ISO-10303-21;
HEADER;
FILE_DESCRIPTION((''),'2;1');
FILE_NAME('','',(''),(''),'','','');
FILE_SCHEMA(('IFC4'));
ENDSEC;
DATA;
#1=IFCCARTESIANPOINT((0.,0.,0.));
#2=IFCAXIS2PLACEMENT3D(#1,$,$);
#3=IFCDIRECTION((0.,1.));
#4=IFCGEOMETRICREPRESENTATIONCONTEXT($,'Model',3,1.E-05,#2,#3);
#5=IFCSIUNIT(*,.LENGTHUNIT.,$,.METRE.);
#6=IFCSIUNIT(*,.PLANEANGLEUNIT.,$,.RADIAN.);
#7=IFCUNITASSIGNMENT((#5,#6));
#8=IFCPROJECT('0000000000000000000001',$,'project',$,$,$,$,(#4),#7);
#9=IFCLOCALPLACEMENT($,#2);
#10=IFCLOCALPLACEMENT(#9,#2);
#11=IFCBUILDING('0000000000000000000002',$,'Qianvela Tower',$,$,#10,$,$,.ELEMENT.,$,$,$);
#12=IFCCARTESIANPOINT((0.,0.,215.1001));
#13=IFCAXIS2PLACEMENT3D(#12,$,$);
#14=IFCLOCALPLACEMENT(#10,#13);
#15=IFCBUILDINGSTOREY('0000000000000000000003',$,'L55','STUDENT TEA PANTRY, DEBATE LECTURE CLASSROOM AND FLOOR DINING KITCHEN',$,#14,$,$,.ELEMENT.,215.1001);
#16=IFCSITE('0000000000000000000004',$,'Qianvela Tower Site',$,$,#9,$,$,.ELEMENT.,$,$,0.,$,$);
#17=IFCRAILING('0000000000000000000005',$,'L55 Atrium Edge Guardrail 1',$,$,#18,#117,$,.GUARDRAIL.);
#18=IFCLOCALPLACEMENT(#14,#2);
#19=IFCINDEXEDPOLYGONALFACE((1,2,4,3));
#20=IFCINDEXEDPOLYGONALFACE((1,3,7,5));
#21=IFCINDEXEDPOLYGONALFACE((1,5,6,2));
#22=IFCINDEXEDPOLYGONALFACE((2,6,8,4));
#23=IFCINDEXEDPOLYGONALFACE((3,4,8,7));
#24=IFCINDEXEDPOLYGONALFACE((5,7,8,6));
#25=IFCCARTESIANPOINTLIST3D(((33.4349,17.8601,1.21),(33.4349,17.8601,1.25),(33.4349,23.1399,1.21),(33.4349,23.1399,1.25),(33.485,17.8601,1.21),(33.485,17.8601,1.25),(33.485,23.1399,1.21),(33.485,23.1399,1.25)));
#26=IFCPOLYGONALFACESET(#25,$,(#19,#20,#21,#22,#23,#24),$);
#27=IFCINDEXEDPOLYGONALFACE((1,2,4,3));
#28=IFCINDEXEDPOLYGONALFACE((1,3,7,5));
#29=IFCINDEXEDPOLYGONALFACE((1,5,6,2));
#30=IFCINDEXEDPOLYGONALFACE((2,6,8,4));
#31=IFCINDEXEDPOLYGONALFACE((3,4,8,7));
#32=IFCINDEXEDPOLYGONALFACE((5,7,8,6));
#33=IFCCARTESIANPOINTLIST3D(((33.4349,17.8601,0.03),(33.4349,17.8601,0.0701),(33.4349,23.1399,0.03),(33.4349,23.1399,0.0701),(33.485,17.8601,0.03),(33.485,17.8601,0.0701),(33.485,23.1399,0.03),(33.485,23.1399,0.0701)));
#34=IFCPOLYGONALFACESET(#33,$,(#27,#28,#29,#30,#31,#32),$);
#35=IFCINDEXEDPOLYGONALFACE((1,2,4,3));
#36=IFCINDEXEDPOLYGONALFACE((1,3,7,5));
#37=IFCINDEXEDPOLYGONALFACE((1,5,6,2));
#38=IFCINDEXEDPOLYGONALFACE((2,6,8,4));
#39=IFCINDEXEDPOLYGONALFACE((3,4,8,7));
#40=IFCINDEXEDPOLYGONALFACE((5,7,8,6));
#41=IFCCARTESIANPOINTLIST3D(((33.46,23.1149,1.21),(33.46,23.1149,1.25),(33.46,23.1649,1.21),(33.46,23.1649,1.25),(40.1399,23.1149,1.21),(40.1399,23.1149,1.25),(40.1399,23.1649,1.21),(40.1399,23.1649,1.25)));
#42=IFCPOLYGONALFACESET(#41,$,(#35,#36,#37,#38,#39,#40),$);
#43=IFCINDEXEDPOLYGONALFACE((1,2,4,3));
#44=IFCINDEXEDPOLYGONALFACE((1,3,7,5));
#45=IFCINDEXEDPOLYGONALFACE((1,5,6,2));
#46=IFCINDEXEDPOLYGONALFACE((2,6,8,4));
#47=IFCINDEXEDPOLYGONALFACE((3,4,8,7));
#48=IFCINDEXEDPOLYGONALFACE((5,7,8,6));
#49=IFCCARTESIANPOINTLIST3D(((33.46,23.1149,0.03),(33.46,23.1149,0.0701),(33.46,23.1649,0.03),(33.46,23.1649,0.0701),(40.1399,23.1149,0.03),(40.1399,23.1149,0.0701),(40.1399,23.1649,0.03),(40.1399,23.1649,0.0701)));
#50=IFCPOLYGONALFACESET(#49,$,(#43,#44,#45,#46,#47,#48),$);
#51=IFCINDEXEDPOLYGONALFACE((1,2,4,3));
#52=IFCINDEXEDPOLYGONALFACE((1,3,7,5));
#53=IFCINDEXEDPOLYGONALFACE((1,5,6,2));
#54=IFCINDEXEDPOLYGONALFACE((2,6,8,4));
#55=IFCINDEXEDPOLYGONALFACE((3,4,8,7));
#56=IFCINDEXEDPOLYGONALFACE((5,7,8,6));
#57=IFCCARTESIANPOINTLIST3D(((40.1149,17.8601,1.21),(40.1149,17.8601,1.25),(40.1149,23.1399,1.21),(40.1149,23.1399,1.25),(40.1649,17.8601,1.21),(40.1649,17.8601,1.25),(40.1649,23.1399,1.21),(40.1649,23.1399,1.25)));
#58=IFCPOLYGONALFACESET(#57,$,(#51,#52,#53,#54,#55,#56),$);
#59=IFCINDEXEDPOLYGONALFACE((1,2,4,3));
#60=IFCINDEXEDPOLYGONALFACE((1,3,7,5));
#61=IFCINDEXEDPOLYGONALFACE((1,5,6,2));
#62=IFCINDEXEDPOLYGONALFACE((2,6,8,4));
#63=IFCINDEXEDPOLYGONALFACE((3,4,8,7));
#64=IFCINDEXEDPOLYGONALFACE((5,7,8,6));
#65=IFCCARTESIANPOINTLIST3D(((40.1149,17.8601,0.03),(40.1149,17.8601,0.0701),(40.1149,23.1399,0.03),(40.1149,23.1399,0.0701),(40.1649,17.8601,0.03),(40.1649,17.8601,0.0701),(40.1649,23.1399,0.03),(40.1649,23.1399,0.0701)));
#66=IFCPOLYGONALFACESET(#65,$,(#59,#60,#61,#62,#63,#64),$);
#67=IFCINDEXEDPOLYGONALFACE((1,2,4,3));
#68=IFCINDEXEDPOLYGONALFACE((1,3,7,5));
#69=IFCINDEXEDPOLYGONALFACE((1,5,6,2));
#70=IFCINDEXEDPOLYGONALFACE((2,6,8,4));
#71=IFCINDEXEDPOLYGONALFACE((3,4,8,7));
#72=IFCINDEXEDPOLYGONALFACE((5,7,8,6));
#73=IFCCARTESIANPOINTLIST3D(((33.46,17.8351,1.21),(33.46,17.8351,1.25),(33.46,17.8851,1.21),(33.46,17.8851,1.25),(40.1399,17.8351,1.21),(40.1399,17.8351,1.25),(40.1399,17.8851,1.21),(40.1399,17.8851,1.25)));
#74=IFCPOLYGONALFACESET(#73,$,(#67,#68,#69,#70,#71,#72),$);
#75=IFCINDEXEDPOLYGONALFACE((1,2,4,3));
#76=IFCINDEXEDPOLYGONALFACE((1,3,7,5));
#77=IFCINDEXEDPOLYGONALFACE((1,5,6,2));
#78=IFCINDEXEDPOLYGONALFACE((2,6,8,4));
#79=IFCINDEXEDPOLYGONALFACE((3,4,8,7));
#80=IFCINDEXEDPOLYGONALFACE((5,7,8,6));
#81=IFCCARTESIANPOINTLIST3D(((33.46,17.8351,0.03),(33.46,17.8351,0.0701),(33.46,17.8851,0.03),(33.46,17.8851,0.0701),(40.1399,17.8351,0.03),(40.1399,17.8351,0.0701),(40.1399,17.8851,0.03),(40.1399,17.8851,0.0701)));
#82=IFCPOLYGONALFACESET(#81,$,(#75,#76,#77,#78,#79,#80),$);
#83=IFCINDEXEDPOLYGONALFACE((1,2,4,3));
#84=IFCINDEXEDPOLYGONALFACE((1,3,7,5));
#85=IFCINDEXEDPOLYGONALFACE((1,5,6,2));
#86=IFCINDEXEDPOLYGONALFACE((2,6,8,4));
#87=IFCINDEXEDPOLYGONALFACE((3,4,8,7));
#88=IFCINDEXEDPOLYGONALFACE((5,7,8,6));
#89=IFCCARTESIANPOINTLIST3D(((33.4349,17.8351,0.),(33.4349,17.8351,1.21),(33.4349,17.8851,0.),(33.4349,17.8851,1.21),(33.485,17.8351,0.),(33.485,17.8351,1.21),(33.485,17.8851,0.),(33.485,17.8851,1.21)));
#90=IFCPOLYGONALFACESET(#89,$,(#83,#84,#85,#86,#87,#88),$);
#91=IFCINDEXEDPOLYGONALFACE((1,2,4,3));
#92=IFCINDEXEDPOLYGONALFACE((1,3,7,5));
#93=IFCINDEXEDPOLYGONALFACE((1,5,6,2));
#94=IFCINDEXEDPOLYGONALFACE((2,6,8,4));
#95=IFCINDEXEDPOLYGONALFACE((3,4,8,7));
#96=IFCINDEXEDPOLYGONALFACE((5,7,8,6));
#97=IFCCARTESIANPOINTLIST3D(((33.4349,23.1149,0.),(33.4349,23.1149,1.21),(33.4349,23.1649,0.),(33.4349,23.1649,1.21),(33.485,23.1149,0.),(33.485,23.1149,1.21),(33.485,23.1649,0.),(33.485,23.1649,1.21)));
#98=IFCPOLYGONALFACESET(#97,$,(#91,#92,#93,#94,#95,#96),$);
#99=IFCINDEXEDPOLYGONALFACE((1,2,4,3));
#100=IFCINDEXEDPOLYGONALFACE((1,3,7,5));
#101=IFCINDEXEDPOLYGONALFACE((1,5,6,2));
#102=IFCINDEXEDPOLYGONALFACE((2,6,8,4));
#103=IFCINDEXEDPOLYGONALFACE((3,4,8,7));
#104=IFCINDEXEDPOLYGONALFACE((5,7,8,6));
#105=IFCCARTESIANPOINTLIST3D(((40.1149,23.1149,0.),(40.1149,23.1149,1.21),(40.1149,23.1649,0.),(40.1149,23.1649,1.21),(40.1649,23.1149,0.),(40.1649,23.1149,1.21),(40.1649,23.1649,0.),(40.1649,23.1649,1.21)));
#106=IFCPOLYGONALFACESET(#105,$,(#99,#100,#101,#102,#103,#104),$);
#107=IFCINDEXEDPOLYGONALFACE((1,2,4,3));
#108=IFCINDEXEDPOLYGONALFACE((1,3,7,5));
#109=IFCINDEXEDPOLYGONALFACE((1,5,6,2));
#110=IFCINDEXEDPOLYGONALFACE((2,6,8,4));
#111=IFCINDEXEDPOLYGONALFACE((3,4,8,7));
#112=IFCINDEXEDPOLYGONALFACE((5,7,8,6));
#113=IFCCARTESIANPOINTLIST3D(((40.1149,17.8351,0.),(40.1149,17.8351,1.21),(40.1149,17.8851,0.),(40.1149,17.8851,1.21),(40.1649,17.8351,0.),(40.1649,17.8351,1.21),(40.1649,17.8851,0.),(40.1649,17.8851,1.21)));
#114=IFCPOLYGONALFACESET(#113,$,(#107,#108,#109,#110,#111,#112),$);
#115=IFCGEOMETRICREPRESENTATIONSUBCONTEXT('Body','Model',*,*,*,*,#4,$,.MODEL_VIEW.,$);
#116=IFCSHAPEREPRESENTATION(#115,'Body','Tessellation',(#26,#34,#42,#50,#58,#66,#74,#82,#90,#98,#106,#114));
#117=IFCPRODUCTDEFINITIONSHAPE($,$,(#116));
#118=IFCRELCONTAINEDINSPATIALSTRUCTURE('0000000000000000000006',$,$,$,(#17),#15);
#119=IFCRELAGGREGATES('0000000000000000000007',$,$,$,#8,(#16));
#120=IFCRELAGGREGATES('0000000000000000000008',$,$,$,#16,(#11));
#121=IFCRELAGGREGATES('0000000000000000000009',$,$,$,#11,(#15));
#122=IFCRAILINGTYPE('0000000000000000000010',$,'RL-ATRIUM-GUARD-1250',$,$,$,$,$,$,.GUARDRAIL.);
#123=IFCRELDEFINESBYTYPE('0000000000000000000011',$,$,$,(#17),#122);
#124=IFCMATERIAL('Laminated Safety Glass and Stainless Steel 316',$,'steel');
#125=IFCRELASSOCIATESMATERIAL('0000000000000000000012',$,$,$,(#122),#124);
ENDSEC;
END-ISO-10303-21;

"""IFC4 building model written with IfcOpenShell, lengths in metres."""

from ifc_helpers import new_model, si_unit, direction, frame, origin, origin_2d, place, context, subcontext, project, spatial, rectangle, extrude, material, type_object, element, save


model = new_model("IFC4")

# Units and contexts
model_context = context("Model", 3, precision=1e-05, world=origin(), true_north=direction((0.0, 1.0)))
body_context = subcontext(model_context, "Body", "Model", "MODEL_VIEW")
ifc_project = project(units=[si_unit("LENGTHUNIT", "METRE"), si_unit("PLANEANGLEUNIT", "RADIAN")], contexts=[model_context])

# Site, building, storey
site_placement = place(None, origin())
site = spatial("IfcSite", under=ifc_project, at=site_placement, Name="Qianvela Tower Site", CompositionType="ELEMENT", RefElevation=0.0)
building_placement = place(site_placement, origin())
building = spatial("IfcBuilding", under=site, at=building_placement, Name="Qianvela Tower", CompositionType="ELEMENT")
storey_placement = place(building_placement, frame((0.0, 0.0, 215.1001)))
storey = spatial("IfcBuildingStorey", under=building, at=storey_placement, Name="L55", Description="STUDENT TEA PANTRY, DEBATE LECTURE CLASSROOM AND FLOOR DINING KITCHEN", CompositionType="ELEMENT", Elevation=215.1001)

# Railing
ifc_material_1 = material(Name="Laminated Safety Glass and Stainless Steel 316", Category="steel")
railing_type = type_object("IfcRailingType", Name="RL-ATRIUM-GUARD-1250", PredefinedType="GUARDRAIL", material=ifc_material_1)
railing_placement = place(storey_placement, frame((33.46, 17.8601, 0.0)))
element("IfcRailing", 1, at=railing_placement, inside=storey, type_object=railing_type, Name="L55 Atrium Edge Guardrail 1", PredefinedType="GUARDRAIL", context=body_context, shape_type="SweptSolid", body=[
    extrude(rectangle(XDim=0.05, YDim=0.04, at=origin_2d()), frame((0.0, 0.0, 1.23), z_axis=(0.0, 1.0, 0.0), x_axis=(-1.0, 0.0, 0.0)), (0.0, 0.0, 1.0), 5.2798),
    extrude(rectangle(XDim=0.05, YDim=0.04, at=origin_2d()), frame((0.0, 0.0, 0.05), z_axis=(0.0, 1.0, 0.0), x_axis=(-1.0, 0.0, 0.0)), (0.0, 0.0, 1.0), 5.2798),
    extrude(rectangle(XDim=0.05, YDim=0.04, at=origin_2d()), frame((0.0, 5.2798, 1.23), z_axis=(1.0, 0.0, 0.0), x_axis=(0.0, 1.0, 0.0)), (0.0, 0.0, 1.0), 6.6799),
    extrude(rectangle(XDim=0.05, YDim=0.04, at=origin_2d()), frame((0.0, 5.2798, 0.05), z_axis=(1.0, 0.0, 0.0), x_axis=(0.0, 1.0, 0.0)), (0.0, 0.0, 1.0), 6.6799),
    extrude(rectangle(XDim=0.05, YDim=0.04, at=origin_2d()), frame((6.6799, 5.2798, 1.23), z_axis=(0.0, -1.0, 0.0), x_axis=(1.0, 0.0, 0.0)), (0.0, 0.0, 1.0), 5.2798),
    extrude(rectangle(XDim=0.05, YDim=0.04, at=origin_2d()), frame((6.6799, 5.2798, 0.05), z_axis=(0.0, -1.0, 0.0), x_axis=(1.0, 0.0, 0.0)), (0.0, 0.0, 1.0), 5.2798),
    extrude(rectangle(XDim=0.05, YDim=0.04, at=origin_2d()), frame((6.6799, 0.0, 1.23), z_axis=(-1.0, 0.0, 0.0), x_axis=(0.0, -1.0, 0.0)), (0.0, 0.0, 1.0), 6.6799),
    extrude(rectangle(XDim=0.05, YDim=0.04, at=origin_2d()), frame((6.6799, 0.0, 0.05), z_axis=(-1.0, 0.0, 0.0), x_axis=(0.0, -1.0, 0.0)), (0.0, 0.0, 1.0), 6.6799),
    extrude(rectangle(XDim=0.05, YDim=0.05, at=origin_2d()), origin(), (0.0, 0.0, 1.0), 1.21),
    extrude(rectangle(XDim=0.05, YDim=0.05, at=origin_2d()), frame((0.0, 5.2798, 0.0)), (0.0, 0.0, 1.0), 1.21),
    extrude(rectangle(XDim=0.05, YDim=0.05, at=origin_2d()), frame((6.6799, 5.2798, 0.0)), (0.0, 0.0, 1.0), 1.21),
    extrude(rectangle(XDim=0.05, YDim=0.05, at=origin_2d()), frame((6.6799, 0.0, 0.0)), (0.0, 0.0, 1.0), 1.21),
])

save(model, "model.ifc")
